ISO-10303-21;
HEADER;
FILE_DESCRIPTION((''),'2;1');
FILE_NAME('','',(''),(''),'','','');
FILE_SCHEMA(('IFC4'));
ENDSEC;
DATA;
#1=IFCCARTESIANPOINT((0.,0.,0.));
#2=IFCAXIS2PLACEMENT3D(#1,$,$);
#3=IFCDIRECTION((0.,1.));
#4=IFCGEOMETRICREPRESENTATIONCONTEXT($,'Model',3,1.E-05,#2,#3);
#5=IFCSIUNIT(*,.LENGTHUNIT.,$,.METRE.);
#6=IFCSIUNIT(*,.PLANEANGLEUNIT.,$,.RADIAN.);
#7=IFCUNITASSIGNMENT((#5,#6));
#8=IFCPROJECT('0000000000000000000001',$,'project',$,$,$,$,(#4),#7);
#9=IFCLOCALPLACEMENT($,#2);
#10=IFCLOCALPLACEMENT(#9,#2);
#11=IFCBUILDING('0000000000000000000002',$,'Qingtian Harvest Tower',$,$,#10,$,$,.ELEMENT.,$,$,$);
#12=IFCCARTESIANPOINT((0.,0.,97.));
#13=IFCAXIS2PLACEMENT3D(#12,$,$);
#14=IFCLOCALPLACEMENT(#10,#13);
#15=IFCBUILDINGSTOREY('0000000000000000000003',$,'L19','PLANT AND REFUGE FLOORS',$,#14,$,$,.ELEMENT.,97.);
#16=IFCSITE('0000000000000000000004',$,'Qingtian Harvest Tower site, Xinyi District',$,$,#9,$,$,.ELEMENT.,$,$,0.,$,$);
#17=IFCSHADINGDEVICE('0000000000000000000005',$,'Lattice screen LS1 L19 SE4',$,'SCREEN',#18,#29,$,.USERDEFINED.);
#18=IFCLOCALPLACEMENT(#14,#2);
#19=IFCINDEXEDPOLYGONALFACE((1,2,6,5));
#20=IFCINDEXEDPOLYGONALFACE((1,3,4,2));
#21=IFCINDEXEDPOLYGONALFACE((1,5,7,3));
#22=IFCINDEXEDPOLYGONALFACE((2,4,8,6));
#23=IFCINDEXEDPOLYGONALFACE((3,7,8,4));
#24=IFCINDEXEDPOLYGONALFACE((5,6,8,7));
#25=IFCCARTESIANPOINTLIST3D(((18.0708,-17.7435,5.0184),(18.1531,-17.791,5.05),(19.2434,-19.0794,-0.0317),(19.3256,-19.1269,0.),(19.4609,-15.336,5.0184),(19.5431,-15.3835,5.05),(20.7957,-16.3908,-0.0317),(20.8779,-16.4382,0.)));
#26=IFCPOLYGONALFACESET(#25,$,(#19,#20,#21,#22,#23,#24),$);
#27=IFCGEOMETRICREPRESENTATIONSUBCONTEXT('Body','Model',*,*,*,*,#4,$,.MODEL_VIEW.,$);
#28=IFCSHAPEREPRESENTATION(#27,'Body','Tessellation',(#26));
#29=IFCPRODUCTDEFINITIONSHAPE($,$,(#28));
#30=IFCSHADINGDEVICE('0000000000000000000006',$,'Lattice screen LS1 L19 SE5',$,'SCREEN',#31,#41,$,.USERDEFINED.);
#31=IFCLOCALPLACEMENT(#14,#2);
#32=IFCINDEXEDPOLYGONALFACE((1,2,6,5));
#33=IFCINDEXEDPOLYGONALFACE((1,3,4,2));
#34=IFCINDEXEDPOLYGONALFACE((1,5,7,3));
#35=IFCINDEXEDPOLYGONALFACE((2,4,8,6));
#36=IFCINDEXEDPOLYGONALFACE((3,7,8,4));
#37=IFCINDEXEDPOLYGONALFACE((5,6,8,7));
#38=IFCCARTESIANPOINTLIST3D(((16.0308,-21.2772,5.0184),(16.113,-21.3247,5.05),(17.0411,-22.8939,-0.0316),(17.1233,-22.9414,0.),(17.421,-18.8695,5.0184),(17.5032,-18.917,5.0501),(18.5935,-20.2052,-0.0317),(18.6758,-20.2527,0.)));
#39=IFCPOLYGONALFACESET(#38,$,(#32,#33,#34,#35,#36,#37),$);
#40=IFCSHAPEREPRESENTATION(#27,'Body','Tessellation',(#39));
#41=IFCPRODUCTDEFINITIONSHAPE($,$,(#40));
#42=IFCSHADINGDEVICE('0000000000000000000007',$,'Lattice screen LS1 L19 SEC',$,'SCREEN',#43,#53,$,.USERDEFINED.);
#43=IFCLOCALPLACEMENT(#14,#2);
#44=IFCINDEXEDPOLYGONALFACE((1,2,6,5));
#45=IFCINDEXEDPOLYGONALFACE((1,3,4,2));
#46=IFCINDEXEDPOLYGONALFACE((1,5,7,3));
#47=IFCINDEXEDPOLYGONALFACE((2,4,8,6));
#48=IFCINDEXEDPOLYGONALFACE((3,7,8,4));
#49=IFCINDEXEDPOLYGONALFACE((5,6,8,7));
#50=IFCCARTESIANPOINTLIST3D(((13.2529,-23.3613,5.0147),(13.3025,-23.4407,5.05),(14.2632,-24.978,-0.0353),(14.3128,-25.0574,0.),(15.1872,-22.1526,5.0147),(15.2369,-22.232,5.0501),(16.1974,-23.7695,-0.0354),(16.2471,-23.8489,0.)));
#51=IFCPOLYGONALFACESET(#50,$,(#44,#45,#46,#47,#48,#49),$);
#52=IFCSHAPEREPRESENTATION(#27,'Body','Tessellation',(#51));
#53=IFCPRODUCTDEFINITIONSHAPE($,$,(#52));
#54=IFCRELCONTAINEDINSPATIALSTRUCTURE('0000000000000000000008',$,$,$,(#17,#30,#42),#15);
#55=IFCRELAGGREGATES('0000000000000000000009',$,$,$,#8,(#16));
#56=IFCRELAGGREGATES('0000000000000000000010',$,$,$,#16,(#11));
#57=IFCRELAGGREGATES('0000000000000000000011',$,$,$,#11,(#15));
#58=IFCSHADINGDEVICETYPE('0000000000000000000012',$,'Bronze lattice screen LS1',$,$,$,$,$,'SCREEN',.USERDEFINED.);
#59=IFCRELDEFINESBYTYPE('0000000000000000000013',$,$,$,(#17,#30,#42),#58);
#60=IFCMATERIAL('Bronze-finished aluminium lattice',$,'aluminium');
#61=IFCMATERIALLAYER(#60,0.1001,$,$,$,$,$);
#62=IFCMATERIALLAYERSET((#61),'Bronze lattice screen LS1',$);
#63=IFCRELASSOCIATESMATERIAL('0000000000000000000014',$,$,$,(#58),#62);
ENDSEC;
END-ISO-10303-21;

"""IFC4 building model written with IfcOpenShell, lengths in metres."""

from ifc_helpers import new_model, si_unit, direction, frame, origin, place, context, subcontext, project, spatial, polyline, outline, extrude, material, layer, layer_set, type_object, element, save


model = new_model("IFC4")

# Units and contexts
model_context = context("Model", 3, precision=1e-05, world=origin(), true_north=direction((0.0, 1.0)))
body_context = subcontext(model_context, "Body", "Model", "MODEL_VIEW")
ifc_project = project(units=[si_unit("LENGTHUNIT", "METRE"), si_unit("PLANEANGLEUNIT", "RADIAN")], contexts=[model_context])

# Site, building, storey
site_placement = place(None, origin())
site = spatial("IfcSite", under=ifc_project, at=site_placement, Name="Qingtian Harvest Tower site, Xinyi District", CompositionType="ELEMENT", RefElevation=0.0)
building_placement = place(site_placement, origin())
building = spatial("IfcBuilding", under=site, at=building_placement, Name="Qingtian Harvest Tower", CompositionType="ELEMENT")
storey_placement = place(building_placement, frame((0.0, 0.0, 97.0)))
storey = spatial("IfcBuildingStorey", under=building, at=storey_placement, Name="L19", Description="PLANT AND REFUGE FLOORS", CompositionType="ELEMENT", Elevation=97.0)

# Shading devices
ifc_material_1 = material(Name="Bronze-finished aluminium lattice", Category="aluminium")
ifc_layer_1 = layer(ifc_material_1, 0.1001)
ifc_layer_set_1 = layer_set([ifc_layer_1], Name="Bronze lattice screen LS1")
shading_device_type = type_object("IfcShadingDeviceType", Name="Bronze lattice screen LS1", ElementType="SCREEN", PredefinedType="USERDEFINED", material=ifc_layer_set_1)
shading_device_1_placement = place(storey_placement, frame((20.8779, -16.4382, 0.0), z_axis=(0.821576, -0.474353, 0.31623), x_axis=(-0.500009, -0.86602, -0.000012)))
element("IfcShadingDevice", 1, at=shading_device_1_placement, inside=storey, type_object=shading_device_type, Name="Lattice screen LS1 L19 SE4", ObjectType="SCREEN", PredefinedType="USERDEFINED", context=body_context, shape_type="SweptSolid", body=[
    extrude(outline(polyline([(0.0, 0.0), (3.1046, 0.0), (2.5339, -5.3233), (-0.2461, -5.3232), (0.0, 0.0)])), origin(), (0.0, 0.0, -1.0), 0.1001),
])
shading_device_2_placement = place(storey_placement, frame((18.6758, -20.2527, 0.0), z_axis=(0.821571, -0.474366, 0.316224), x_axis=(-0.500027, -0.86601, 0.000004)))
element("IfcShadingDevice", 2, at=shading_device_2_placement, inside=storey, type_object=shading_device_type, Name="Lattice screen LS1 L19 SE5", ObjectType="SCREEN", PredefinedType="USERDEFINED", context=body_context, shape_type="SweptSolid", body=[
    extrude(outline(polyline([(0.0, 0.0), (3.1047, 0.0), (2.2098, -5.3232), (-0.5704, -5.3232), (0.0, 0.0)])), origin(), (0.0, 0.0, -1.0), 0.1001),
])
shading_device_3_placement = place(storey_placement, frame((16.2471, -23.8489, 0.0), z_axis=(0.495742, -0.793408, 0.35319), x_axis=(-0.848067, -0.529888, 0.000015)))
element("IfcShadingDevice", 3, at=shading_device_3_placement, inside=storey, type_object=shading_device_type, Name="Lattice screen LS1 L19 SEC", ObjectType="SCREEN", PredefinedType="USERDEFINED", context=body_context, shape_type="SweptSolid", body=[
    extrude(outline(polyline([(0.0, 0.0), (2.2808, 0.0), (2.281, -5.3979), (0.0, -5.398), (0.0, 0.0)])), origin(), (0.0, 0.0, -1.0), 0.1001),
])

save(model, "model.ifc")
